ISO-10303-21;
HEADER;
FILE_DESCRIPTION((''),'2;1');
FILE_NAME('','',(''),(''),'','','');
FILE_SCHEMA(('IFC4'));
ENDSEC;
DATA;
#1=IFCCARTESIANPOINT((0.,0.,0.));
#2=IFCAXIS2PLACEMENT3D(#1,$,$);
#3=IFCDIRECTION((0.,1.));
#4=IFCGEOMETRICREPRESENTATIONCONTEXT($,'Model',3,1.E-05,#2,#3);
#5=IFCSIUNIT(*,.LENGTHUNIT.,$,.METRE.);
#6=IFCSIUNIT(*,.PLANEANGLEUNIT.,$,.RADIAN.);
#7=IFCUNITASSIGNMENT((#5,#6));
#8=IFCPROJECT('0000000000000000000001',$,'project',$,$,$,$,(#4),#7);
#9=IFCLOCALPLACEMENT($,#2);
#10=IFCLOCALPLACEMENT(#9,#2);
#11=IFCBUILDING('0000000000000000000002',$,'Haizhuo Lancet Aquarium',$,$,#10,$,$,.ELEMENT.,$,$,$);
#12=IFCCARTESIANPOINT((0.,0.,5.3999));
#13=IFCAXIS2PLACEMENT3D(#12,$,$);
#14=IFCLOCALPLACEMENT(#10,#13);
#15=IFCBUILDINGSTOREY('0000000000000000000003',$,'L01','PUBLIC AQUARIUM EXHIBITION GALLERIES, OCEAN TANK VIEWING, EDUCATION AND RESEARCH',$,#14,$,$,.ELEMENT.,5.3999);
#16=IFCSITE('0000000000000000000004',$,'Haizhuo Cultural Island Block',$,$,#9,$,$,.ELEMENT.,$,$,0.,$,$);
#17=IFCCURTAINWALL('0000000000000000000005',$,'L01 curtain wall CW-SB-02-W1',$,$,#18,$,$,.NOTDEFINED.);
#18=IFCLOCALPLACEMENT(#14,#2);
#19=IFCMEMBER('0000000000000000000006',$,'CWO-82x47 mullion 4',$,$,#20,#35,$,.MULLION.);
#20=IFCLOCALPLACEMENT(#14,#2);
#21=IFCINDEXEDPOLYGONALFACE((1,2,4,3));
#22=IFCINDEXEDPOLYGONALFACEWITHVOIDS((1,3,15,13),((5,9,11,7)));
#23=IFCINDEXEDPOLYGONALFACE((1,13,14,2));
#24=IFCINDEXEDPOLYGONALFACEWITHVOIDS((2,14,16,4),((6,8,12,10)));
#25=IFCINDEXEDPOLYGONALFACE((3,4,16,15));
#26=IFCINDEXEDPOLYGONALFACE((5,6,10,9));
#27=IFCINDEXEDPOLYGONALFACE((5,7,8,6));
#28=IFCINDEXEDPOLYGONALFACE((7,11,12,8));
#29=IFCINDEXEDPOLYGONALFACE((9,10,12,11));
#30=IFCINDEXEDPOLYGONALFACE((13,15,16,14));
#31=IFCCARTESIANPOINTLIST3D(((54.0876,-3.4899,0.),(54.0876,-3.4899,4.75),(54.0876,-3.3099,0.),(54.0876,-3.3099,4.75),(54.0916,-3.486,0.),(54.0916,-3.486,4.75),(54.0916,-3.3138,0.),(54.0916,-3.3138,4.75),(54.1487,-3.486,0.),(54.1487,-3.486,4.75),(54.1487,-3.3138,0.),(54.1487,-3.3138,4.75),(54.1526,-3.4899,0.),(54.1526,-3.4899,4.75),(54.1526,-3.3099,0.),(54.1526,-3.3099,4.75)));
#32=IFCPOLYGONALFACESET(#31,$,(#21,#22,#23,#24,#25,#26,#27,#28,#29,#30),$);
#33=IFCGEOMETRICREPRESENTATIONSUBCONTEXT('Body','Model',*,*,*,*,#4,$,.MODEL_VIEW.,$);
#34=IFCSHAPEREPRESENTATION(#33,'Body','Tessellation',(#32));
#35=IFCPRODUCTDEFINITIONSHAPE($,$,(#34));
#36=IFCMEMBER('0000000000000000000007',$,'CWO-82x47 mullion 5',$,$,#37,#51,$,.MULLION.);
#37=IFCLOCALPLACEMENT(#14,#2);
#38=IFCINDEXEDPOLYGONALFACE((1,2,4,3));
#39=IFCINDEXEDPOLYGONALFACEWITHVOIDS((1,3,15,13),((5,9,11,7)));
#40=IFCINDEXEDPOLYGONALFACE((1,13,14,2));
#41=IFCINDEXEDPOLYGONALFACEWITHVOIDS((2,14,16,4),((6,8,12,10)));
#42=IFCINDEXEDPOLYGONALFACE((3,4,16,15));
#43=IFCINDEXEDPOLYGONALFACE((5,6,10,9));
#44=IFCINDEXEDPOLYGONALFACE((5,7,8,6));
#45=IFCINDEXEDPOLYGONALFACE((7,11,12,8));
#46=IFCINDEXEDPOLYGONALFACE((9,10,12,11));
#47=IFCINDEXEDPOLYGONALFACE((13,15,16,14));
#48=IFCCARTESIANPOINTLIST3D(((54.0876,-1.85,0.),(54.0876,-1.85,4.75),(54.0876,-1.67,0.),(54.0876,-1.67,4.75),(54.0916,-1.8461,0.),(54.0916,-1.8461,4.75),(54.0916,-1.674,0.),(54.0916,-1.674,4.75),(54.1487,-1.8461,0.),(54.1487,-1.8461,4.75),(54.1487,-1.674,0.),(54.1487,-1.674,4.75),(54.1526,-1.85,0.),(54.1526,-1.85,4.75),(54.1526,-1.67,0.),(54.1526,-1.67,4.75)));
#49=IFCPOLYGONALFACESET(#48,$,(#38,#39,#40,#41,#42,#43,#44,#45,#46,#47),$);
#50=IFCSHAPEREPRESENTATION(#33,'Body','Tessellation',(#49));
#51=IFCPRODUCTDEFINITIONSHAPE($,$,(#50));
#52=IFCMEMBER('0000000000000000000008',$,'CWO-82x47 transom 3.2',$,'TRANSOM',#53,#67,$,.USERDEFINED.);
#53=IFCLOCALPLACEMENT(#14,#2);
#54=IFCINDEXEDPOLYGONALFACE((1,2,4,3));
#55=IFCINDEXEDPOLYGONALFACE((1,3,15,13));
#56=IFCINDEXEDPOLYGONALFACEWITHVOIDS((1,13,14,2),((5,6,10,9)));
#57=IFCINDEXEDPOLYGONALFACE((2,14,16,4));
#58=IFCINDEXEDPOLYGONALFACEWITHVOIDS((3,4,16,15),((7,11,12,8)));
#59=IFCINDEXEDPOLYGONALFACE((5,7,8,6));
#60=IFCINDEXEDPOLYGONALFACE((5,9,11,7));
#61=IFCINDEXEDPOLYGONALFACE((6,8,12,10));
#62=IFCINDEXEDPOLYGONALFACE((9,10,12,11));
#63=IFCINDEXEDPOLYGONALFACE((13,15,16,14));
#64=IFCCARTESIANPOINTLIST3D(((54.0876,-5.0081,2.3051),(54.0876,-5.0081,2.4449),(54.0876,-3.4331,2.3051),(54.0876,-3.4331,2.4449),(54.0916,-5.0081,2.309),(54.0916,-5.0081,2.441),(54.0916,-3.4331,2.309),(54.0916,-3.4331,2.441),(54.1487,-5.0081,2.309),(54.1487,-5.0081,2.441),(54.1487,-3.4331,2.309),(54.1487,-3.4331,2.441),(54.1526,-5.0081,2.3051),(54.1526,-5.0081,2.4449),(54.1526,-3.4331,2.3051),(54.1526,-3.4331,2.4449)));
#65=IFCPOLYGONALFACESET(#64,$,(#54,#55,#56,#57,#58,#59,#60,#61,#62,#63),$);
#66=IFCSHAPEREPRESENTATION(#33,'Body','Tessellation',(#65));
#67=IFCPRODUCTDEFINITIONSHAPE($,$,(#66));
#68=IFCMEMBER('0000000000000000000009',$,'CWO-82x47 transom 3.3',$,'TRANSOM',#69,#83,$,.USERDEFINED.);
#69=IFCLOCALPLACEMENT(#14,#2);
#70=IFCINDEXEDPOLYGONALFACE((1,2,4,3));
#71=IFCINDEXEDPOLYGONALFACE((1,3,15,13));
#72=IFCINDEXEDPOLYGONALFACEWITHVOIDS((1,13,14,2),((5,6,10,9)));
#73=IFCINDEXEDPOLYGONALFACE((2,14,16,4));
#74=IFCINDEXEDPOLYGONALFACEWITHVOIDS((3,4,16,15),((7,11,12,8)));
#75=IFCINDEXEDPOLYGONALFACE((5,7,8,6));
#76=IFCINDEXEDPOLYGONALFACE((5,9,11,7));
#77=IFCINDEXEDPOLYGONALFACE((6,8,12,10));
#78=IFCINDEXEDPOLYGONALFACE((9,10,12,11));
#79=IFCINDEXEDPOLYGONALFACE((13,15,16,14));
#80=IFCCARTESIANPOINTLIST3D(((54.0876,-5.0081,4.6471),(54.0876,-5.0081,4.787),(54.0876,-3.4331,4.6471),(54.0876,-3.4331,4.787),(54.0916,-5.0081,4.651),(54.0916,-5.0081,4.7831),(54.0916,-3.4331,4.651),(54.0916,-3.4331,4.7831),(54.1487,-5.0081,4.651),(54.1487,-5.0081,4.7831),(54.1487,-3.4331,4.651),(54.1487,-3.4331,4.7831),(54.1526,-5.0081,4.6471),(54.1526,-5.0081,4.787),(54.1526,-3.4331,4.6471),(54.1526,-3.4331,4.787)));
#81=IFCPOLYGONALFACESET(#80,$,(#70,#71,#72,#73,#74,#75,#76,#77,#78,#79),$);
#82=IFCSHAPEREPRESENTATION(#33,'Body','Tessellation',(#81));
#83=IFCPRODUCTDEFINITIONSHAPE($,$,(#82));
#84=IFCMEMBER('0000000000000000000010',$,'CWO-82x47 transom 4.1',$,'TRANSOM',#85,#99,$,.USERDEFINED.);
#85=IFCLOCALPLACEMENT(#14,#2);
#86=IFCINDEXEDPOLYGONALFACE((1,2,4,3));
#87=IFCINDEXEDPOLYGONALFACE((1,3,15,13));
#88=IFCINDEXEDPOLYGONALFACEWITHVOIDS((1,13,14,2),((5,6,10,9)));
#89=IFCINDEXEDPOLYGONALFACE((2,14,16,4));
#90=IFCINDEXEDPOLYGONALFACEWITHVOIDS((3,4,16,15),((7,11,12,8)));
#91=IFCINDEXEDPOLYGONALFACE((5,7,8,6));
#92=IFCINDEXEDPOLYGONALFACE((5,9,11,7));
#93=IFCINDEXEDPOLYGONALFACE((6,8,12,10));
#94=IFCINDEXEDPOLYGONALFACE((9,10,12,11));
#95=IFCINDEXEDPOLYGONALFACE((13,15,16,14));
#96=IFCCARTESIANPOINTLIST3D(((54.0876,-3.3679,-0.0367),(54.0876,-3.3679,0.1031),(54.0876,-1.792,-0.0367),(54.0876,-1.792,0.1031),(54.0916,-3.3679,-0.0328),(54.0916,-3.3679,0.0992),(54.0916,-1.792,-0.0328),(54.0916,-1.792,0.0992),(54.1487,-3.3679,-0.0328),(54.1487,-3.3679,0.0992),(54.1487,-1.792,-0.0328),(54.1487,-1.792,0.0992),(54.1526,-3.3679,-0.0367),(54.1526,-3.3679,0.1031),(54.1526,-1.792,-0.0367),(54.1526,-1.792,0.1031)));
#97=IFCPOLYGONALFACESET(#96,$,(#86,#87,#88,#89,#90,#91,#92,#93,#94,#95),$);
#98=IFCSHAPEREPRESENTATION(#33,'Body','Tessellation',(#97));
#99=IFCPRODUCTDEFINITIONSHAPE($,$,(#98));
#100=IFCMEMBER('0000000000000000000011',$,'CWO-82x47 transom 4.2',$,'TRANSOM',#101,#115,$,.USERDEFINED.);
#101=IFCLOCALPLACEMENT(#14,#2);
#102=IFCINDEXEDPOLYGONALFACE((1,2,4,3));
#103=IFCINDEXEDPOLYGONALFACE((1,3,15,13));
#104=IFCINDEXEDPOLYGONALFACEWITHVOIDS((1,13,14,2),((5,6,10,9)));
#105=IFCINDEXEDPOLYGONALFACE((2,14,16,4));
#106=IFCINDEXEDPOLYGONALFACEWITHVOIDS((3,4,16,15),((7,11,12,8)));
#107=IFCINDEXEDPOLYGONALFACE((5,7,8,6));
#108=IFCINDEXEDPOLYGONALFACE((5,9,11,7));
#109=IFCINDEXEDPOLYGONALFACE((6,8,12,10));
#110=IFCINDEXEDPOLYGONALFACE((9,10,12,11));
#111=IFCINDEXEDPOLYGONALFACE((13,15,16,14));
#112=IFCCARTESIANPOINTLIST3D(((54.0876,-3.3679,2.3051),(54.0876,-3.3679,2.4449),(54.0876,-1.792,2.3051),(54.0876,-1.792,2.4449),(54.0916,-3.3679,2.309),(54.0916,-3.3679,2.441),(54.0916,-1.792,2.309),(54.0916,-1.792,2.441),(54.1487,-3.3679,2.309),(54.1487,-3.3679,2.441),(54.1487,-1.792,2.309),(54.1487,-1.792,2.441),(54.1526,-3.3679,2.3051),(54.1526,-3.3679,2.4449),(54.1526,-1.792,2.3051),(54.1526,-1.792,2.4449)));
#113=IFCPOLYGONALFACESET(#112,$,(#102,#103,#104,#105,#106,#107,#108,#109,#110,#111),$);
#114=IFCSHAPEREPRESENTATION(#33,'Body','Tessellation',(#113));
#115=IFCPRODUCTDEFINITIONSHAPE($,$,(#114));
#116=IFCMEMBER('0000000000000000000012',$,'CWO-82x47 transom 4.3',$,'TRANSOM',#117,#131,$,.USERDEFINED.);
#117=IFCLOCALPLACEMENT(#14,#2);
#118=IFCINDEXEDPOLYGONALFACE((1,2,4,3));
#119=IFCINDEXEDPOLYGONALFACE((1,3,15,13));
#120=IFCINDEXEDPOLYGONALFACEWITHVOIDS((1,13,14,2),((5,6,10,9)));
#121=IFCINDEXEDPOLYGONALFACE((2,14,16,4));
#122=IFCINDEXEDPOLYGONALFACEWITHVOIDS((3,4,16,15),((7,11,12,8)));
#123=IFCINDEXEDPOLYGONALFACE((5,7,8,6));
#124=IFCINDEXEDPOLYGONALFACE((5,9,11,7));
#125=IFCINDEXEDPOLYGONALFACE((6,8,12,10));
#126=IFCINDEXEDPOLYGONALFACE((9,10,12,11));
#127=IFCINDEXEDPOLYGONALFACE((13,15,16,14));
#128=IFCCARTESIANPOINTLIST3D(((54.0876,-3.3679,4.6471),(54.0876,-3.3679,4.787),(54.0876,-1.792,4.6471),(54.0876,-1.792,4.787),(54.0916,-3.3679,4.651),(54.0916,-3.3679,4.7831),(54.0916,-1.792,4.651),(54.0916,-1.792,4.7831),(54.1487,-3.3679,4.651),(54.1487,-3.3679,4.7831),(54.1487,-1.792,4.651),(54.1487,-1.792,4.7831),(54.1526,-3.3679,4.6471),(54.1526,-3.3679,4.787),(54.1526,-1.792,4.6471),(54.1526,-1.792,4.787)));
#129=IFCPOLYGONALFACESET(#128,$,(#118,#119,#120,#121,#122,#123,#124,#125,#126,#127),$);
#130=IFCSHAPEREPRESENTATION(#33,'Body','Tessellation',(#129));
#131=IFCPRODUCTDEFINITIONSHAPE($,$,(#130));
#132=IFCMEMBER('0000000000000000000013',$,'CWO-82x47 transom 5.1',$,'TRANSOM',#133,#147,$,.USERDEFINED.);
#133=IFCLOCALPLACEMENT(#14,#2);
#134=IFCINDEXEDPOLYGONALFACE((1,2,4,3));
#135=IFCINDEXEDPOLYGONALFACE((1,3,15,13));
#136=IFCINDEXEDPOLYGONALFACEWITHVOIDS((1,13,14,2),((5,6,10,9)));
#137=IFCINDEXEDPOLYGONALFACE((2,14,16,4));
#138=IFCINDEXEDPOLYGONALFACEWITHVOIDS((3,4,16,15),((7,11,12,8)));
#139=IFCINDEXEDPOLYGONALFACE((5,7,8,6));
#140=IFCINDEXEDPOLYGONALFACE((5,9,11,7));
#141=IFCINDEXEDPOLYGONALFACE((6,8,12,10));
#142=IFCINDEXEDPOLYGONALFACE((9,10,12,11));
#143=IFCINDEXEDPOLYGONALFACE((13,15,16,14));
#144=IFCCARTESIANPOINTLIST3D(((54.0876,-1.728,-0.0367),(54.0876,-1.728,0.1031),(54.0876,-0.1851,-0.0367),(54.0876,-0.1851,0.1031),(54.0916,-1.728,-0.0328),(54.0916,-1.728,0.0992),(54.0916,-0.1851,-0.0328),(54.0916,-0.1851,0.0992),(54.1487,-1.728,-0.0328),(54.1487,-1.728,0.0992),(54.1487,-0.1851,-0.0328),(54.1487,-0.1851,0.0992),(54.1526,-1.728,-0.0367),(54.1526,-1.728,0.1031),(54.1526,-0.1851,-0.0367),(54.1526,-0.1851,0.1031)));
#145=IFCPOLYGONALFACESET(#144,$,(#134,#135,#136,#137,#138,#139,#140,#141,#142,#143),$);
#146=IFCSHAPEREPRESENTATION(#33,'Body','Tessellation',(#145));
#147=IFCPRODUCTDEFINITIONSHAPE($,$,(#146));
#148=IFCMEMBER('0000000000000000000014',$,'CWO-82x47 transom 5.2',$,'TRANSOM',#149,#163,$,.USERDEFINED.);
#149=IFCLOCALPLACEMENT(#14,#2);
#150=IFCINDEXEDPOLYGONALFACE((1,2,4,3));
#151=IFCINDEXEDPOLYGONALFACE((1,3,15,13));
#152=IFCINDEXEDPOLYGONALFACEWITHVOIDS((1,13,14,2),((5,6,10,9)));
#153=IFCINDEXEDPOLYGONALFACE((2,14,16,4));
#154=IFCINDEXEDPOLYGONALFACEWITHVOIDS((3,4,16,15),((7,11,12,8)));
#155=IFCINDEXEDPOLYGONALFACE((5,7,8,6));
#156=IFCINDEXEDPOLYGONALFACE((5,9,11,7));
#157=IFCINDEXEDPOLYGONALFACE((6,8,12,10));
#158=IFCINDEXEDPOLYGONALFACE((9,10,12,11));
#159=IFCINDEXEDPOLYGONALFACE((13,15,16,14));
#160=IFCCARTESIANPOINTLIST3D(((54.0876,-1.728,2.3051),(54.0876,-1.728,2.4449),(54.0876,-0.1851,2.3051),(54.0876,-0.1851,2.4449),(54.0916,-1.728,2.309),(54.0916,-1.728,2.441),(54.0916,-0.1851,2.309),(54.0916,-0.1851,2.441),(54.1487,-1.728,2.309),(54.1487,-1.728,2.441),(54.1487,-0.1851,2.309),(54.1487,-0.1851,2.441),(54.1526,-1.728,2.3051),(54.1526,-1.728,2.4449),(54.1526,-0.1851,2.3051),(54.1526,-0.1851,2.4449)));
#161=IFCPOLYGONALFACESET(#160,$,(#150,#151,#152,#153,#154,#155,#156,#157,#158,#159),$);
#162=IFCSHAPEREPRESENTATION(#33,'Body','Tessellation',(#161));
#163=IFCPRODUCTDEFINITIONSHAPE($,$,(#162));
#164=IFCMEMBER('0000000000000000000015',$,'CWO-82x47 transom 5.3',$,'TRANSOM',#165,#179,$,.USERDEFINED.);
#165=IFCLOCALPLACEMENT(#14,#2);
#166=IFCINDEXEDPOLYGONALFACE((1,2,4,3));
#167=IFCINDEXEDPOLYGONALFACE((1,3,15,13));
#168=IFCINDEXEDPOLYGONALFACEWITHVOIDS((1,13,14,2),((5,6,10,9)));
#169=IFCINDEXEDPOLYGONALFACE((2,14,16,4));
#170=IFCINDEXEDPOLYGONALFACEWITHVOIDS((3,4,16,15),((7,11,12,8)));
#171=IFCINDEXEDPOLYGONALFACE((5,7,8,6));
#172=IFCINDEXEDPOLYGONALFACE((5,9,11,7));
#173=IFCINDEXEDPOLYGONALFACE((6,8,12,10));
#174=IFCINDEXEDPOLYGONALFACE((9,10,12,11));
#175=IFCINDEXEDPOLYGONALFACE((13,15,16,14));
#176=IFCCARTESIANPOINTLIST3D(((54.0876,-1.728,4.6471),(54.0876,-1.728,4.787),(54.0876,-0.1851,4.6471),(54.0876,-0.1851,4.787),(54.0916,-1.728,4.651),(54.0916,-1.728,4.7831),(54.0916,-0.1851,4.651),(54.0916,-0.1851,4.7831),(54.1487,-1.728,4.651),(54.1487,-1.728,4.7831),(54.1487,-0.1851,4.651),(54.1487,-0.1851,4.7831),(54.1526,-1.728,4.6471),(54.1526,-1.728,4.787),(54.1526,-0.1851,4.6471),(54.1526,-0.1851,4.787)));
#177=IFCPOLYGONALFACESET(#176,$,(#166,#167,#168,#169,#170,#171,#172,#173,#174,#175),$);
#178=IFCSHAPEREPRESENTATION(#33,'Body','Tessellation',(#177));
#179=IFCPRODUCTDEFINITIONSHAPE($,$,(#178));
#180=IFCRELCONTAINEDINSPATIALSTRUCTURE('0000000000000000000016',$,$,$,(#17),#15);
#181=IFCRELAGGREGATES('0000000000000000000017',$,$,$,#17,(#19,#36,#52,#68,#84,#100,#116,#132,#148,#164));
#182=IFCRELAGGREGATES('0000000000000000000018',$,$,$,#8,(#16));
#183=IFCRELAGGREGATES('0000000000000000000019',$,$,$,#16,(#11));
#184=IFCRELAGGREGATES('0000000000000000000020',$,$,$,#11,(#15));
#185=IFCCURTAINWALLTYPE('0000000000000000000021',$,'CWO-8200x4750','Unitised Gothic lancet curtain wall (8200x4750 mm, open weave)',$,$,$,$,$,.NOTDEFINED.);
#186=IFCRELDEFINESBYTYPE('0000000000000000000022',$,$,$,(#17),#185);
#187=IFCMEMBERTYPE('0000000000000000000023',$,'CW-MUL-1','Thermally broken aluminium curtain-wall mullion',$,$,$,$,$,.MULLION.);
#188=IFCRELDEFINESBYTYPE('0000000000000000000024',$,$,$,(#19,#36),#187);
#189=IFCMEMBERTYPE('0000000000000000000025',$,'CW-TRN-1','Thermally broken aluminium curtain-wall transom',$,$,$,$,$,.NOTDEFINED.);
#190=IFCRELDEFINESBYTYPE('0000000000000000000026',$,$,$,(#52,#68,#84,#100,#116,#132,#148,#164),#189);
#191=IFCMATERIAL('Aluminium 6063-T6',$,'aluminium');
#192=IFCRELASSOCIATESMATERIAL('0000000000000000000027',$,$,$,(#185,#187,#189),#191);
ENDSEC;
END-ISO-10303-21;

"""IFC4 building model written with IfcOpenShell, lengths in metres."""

from ifc_helpers import new_model, si_unit, direction, frame, origin, origin_2d, place, context, subcontext, project, spatial, hollow_rectangle, extrude, material, material_profile, profile_set, type_object, element, aggregate, save


model = new_model("IFC4")

# Units and contexts
model_context = context("Model", 3, precision=1e-05, world=origin(), true_north=direction((0.0, 1.0)))
body_context = subcontext(model_context, "Body", "Model", "MODEL_VIEW")
ifc_project = project(units=[si_unit("LENGTHUNIT", "METRE"), si_unit("PLANEANGLEUNIT", "RADIAN")], contexts=[model_context])

# Site, building, storey
site_placement = place(None, origin())
site = spatial("IfcSite", under=ifc_project, at=site_placement, Name="Haizhuo Cultural Island Block", CompositionType="ELEMENT", RefElevation=0.0)
building_placement = place(site_placement, origin())
building = spatial("IfcBuilding", under=site, at=building_placement, Name="Haizhuo Lancet Aquarium", CompositionType="ELEMENT")
storey_placement = place(building_placement, frame((0.0, 0.0, 5.3999)))
storey = spatial("IfcBuildingStorey", under=building, at=storey_placement, Name="L01", Description="PUBLIC AQUARIUM EXHIBITION GALLERIES, OCEAN TANK VIEWING, EDUCATION AND RESEARCH", CompositionType="ELEMENT", Elevation=5.3999)

# Curtain wall, members
ifc_material_1 = material(Name="Aluminium 6063-T6", Category="aluminium")
curtain_wall_type = type_object("IfcCurtainWallType", Name="CWO-8200x4750", Description="Unitised Gothic lancet curtain wall (8200x4750 mm, open weave)", PredefinedType="NOTDEFINED", material=ifc_material_1)
curtain_wall_placement = place(storey_placement, origin())
curtain_wall = element("IfcCurtainWall", 1, at=curtain_wall_placement, inside=storey, type_object=curtain_wall_type, Name="L01 curtain wall CW-SB-02-W1", PredefinedType="NOTDEFINED")
ifc_material_profile_1 = material_profile(ifc_material_1, hollow_rectangle(XDim=0.0649, YDim=0.1799, WallThickness=0.0039, at=origin_2d()), Name="ALU-M 65x180x4")
ifc_profile_set_1 = profile_set([ifc_material_profile_1], Name="Aluminium 6063-T6")
member_type_1 = type_object("IfcMemberType", Name="CW-MUL-1", Description="Thermally broken aluminium curtain-wall mullion", PredefinedType="MULLION", material=ifc_profile_set_1)
member_1_placement = place(storey_placement, frame((54.1201, -3.3999, 0.0), z_axis=(0.0, 0.0, 1.0), x_axis=(-1.0, 0.0, 0.0)))
member_1 = element("IfcMember", 2, at=member_1_placement, type_object=member_type_1, Name="CWO-82x47 mullion 4", PredefinedType="MULLION", context=body_context, shape_type="SweptSolid", body=[
    extrude(hollow_rectangle(XDim=0.0649, YDim=0.1799, WallThickness=0.0039, at=origin_2d()), origin(), (0.0, 0.0, 1.0), 4.75),
])
member_2_placement = place(storey_placement, frame((54.1201, -1.76, 0.0), z_axis=(0.0, 0.0, 1.0), x_axis=(-1.0, 0.0, 0.0)))
member_2 = element("IfcMember", 3, at=member_2_placement, type_object=member_type_1, Name="CWO-82x47 mullion 5", PredefinedType="MULLION", context=body_context, shape_type="SweptSolid", body=[
    extrude(hollow_rectangle(XDim=0.0649, YDim=0.1799, WallThickness=0.0039, at=origin_2d()), origin(), (0.0, 0.0, 1.0), 4.75),
])
ifc_material_profile_2 = material_profile(ifc_material_1, hollow_rectangle(XDim=0.0649, YDim=0.1399, WallThickness=0.0039, at=origin_2d()), Name="ALU-T 65x140x4")
ifc_profile_set_2 = profile_set([ifc_material_profile_2], Name="Aluminium 6063-T6")
member_type_2 = type_object("IfcMemberType", Name="CW-TRN-1", Description="Thermally broken aluminium curtain-wall transom", PredefinedType="NOTDEFINED", material=ifc_profile_set_2)
member_3_placement = place(storey_placement, frame((54.1201, -5.0081, 2.375), z_axis=(0.0, 1.0, 0.0), x_axis=(-1.0, 0.0, 0.0)))
member_3 = element("IfcMember", 4, at=member_3_placement, type_object=member_type_2, Name="CWO-82x47 transom 3.2", ObjectType="TRANSOM", PredefinedType="USERDEFINED", context=body_context, shape_type="SweptSolid", body=[
    extrude(hollow_rectangle(XDim=0.0649, YDim=0.1399, WallThickness=0.0039, at=origin_2d()), origin(), (0.0, 0.0, 1.0), 1.575),
])
member_4_placement = place(storey_placement, frame((54.1201, -5.0081, 4.717), z_axis=(0.0, 1.0, 0.0), x_axis=(-1.0, 0.0, 0.0)))
member_4 = element("IfcMember", 5, at=member_4_placement, type_object=member_type_2, Name="CWO-82x47 transom 3.3", ObjectType="TRANSOM", PredefinedType="USERDEFINED", context=body_context, shape_type="SweptSolid", body=[
    extrude(hollow_rectangle(XDim=0.0649, YDim=0.1399, WallThickness=0.0039, at=origin_2d()), origin(), (0.0, 0.0, 1.0), 1.575),
])
member_5_placement = place(storey_placement, frame((54.1201, -3.3679, 0.0332), z_axis=(0.0, 1.0, 0.0), x_axis=(-1.0, 0.0, 0.0)))
member_5 = element("IfcMember", 6, at=member_5_placement, type_object=member_type_2, Name="CWO-82x47 transom 4.1", ObjectType="TRANSOM", PredefinedType="USERDEFINED", context=body_context, shape_type="SweptSolid", body=[
    extrude(hollow_rectangle(XDim=0.0649, YDim=0.1399, WallThickness=0.0039, at=origin_2d()), origin(), (0.0, 0.0, 1.0), 1.5759),
])
member_6_placement = place(storey_placement, frame((54.1201, -3.3679, 2.375), z_axis=(0.0, 1.0, 0.0), x_axis=(-1.0, 0.0, 0.0)))
member_6 = element("IfcMember", 7, at=member_6_placement, type_object=member_type_2, Name="CWO-82x47 transom 4.2", ObjectType="TRANSOM", PredefinedType="USERDEFINED", context=body_context, shape_type="SweptSolid", body=[
    extrude(hollow_rectangle(XDim=0.0649, YDim=0.1399, WallThickness=0.0039, at=origin_2d()), origin(), (0.0, 0.0, 1.0), 1.5759),
])
member_7_placement = place(storey_placement, frame((54.1201, -3.3679, 4.717), z_axis=(0.0, 1.0, 0.0), x_axis=(-1.0, 0.0, 0.0)))
member_7 = element("IfcMember", 8, at=member_7_placement, type_object=member_type_2, Name="CWO-82x47 transom 4.3", ObjectType="TRANSOM", PredefinedType="USERDEFINED", context=body_context, shape_type="SweptSolid", body=[
    extrude(hollow_rectangle(XDim=0.0649, YDim=0.1399, WallThickness=0.0039, at=origin_2d()), origin(), (0.0, 0.0, 1.0), 1.5759),
])
member_8_placement = place(storey_placement, frame((54.1201, -1.728, 0.0332), z_axis=(0.0, 1.0, 0.0), x_axis=(-1.0, 0.0, 0.0)))
member_8 = element("IfcMember", 9, at=member_8_placement, type_object=member_type_2, Name="CWO-82x47 transom 5.1", ObjectType="TRANSOM", PredefinedType="USERDEFINED", context=body_context, shape_type="SweptSolid", body=[
    extrude(hollow_rectangle(XDim=0.0649, YDim=0.1399, WallThickness=0.0039, at=origin_2d()), origin(), (0.0, 0.0, 1.0), 1.543),
])
member_9_placement = place(storey_placement, frame((54.1201, -1.728, 2.375), z_axis=(0.0, 1.0, 0.0), x_axis=(-1.0, 0.0, 0.0)))
member_9 = element("IfcMember", 10, at=member_9_placement, type_object=member_type_2, Name="CWO-82x47 transom 5.2", ObjectType="TRANSOM", PredefinedType="USERDEFINED", context=body_context, shape_type="SweptSolid", body=[
    extrude(hollow_rectangle(XDim=0.0649, YDim=0.1399, WallThickness=0.0039, at=origin_2d()), origin(), (0.0, 0.0, 1.0), 1.543),
])
member_10_placement = place(storey_placement, frame((54.1201, -1.728, 4.717), z_axis=(0.0, 1.0, 0.0), x_axis=(-1.0, 0.0, 0.0)))
member_10 = element("IfcMember", 11, at=member_10_placement, type_object=member_type_2, Name="CWO-82x47 transom 5.3", ObjectType="TRANSOM", PredefinedType="USERDEFINED", context=body_context, shape_type="SweptSolid", body=[
    extrude(hollow_rectangle(XDim=0.0649, YDim=0.1399, WallThickness=0.0039, at=origin_2d()), origin(), (0.0, 0.0, 1.0), 1.543),
])

aggregate(curtain_wall, [member_1, member_2, member_3, member_4, member_5, member_6, member_7, member_8, member_9, member_10])

save(model, "model.ifc")
